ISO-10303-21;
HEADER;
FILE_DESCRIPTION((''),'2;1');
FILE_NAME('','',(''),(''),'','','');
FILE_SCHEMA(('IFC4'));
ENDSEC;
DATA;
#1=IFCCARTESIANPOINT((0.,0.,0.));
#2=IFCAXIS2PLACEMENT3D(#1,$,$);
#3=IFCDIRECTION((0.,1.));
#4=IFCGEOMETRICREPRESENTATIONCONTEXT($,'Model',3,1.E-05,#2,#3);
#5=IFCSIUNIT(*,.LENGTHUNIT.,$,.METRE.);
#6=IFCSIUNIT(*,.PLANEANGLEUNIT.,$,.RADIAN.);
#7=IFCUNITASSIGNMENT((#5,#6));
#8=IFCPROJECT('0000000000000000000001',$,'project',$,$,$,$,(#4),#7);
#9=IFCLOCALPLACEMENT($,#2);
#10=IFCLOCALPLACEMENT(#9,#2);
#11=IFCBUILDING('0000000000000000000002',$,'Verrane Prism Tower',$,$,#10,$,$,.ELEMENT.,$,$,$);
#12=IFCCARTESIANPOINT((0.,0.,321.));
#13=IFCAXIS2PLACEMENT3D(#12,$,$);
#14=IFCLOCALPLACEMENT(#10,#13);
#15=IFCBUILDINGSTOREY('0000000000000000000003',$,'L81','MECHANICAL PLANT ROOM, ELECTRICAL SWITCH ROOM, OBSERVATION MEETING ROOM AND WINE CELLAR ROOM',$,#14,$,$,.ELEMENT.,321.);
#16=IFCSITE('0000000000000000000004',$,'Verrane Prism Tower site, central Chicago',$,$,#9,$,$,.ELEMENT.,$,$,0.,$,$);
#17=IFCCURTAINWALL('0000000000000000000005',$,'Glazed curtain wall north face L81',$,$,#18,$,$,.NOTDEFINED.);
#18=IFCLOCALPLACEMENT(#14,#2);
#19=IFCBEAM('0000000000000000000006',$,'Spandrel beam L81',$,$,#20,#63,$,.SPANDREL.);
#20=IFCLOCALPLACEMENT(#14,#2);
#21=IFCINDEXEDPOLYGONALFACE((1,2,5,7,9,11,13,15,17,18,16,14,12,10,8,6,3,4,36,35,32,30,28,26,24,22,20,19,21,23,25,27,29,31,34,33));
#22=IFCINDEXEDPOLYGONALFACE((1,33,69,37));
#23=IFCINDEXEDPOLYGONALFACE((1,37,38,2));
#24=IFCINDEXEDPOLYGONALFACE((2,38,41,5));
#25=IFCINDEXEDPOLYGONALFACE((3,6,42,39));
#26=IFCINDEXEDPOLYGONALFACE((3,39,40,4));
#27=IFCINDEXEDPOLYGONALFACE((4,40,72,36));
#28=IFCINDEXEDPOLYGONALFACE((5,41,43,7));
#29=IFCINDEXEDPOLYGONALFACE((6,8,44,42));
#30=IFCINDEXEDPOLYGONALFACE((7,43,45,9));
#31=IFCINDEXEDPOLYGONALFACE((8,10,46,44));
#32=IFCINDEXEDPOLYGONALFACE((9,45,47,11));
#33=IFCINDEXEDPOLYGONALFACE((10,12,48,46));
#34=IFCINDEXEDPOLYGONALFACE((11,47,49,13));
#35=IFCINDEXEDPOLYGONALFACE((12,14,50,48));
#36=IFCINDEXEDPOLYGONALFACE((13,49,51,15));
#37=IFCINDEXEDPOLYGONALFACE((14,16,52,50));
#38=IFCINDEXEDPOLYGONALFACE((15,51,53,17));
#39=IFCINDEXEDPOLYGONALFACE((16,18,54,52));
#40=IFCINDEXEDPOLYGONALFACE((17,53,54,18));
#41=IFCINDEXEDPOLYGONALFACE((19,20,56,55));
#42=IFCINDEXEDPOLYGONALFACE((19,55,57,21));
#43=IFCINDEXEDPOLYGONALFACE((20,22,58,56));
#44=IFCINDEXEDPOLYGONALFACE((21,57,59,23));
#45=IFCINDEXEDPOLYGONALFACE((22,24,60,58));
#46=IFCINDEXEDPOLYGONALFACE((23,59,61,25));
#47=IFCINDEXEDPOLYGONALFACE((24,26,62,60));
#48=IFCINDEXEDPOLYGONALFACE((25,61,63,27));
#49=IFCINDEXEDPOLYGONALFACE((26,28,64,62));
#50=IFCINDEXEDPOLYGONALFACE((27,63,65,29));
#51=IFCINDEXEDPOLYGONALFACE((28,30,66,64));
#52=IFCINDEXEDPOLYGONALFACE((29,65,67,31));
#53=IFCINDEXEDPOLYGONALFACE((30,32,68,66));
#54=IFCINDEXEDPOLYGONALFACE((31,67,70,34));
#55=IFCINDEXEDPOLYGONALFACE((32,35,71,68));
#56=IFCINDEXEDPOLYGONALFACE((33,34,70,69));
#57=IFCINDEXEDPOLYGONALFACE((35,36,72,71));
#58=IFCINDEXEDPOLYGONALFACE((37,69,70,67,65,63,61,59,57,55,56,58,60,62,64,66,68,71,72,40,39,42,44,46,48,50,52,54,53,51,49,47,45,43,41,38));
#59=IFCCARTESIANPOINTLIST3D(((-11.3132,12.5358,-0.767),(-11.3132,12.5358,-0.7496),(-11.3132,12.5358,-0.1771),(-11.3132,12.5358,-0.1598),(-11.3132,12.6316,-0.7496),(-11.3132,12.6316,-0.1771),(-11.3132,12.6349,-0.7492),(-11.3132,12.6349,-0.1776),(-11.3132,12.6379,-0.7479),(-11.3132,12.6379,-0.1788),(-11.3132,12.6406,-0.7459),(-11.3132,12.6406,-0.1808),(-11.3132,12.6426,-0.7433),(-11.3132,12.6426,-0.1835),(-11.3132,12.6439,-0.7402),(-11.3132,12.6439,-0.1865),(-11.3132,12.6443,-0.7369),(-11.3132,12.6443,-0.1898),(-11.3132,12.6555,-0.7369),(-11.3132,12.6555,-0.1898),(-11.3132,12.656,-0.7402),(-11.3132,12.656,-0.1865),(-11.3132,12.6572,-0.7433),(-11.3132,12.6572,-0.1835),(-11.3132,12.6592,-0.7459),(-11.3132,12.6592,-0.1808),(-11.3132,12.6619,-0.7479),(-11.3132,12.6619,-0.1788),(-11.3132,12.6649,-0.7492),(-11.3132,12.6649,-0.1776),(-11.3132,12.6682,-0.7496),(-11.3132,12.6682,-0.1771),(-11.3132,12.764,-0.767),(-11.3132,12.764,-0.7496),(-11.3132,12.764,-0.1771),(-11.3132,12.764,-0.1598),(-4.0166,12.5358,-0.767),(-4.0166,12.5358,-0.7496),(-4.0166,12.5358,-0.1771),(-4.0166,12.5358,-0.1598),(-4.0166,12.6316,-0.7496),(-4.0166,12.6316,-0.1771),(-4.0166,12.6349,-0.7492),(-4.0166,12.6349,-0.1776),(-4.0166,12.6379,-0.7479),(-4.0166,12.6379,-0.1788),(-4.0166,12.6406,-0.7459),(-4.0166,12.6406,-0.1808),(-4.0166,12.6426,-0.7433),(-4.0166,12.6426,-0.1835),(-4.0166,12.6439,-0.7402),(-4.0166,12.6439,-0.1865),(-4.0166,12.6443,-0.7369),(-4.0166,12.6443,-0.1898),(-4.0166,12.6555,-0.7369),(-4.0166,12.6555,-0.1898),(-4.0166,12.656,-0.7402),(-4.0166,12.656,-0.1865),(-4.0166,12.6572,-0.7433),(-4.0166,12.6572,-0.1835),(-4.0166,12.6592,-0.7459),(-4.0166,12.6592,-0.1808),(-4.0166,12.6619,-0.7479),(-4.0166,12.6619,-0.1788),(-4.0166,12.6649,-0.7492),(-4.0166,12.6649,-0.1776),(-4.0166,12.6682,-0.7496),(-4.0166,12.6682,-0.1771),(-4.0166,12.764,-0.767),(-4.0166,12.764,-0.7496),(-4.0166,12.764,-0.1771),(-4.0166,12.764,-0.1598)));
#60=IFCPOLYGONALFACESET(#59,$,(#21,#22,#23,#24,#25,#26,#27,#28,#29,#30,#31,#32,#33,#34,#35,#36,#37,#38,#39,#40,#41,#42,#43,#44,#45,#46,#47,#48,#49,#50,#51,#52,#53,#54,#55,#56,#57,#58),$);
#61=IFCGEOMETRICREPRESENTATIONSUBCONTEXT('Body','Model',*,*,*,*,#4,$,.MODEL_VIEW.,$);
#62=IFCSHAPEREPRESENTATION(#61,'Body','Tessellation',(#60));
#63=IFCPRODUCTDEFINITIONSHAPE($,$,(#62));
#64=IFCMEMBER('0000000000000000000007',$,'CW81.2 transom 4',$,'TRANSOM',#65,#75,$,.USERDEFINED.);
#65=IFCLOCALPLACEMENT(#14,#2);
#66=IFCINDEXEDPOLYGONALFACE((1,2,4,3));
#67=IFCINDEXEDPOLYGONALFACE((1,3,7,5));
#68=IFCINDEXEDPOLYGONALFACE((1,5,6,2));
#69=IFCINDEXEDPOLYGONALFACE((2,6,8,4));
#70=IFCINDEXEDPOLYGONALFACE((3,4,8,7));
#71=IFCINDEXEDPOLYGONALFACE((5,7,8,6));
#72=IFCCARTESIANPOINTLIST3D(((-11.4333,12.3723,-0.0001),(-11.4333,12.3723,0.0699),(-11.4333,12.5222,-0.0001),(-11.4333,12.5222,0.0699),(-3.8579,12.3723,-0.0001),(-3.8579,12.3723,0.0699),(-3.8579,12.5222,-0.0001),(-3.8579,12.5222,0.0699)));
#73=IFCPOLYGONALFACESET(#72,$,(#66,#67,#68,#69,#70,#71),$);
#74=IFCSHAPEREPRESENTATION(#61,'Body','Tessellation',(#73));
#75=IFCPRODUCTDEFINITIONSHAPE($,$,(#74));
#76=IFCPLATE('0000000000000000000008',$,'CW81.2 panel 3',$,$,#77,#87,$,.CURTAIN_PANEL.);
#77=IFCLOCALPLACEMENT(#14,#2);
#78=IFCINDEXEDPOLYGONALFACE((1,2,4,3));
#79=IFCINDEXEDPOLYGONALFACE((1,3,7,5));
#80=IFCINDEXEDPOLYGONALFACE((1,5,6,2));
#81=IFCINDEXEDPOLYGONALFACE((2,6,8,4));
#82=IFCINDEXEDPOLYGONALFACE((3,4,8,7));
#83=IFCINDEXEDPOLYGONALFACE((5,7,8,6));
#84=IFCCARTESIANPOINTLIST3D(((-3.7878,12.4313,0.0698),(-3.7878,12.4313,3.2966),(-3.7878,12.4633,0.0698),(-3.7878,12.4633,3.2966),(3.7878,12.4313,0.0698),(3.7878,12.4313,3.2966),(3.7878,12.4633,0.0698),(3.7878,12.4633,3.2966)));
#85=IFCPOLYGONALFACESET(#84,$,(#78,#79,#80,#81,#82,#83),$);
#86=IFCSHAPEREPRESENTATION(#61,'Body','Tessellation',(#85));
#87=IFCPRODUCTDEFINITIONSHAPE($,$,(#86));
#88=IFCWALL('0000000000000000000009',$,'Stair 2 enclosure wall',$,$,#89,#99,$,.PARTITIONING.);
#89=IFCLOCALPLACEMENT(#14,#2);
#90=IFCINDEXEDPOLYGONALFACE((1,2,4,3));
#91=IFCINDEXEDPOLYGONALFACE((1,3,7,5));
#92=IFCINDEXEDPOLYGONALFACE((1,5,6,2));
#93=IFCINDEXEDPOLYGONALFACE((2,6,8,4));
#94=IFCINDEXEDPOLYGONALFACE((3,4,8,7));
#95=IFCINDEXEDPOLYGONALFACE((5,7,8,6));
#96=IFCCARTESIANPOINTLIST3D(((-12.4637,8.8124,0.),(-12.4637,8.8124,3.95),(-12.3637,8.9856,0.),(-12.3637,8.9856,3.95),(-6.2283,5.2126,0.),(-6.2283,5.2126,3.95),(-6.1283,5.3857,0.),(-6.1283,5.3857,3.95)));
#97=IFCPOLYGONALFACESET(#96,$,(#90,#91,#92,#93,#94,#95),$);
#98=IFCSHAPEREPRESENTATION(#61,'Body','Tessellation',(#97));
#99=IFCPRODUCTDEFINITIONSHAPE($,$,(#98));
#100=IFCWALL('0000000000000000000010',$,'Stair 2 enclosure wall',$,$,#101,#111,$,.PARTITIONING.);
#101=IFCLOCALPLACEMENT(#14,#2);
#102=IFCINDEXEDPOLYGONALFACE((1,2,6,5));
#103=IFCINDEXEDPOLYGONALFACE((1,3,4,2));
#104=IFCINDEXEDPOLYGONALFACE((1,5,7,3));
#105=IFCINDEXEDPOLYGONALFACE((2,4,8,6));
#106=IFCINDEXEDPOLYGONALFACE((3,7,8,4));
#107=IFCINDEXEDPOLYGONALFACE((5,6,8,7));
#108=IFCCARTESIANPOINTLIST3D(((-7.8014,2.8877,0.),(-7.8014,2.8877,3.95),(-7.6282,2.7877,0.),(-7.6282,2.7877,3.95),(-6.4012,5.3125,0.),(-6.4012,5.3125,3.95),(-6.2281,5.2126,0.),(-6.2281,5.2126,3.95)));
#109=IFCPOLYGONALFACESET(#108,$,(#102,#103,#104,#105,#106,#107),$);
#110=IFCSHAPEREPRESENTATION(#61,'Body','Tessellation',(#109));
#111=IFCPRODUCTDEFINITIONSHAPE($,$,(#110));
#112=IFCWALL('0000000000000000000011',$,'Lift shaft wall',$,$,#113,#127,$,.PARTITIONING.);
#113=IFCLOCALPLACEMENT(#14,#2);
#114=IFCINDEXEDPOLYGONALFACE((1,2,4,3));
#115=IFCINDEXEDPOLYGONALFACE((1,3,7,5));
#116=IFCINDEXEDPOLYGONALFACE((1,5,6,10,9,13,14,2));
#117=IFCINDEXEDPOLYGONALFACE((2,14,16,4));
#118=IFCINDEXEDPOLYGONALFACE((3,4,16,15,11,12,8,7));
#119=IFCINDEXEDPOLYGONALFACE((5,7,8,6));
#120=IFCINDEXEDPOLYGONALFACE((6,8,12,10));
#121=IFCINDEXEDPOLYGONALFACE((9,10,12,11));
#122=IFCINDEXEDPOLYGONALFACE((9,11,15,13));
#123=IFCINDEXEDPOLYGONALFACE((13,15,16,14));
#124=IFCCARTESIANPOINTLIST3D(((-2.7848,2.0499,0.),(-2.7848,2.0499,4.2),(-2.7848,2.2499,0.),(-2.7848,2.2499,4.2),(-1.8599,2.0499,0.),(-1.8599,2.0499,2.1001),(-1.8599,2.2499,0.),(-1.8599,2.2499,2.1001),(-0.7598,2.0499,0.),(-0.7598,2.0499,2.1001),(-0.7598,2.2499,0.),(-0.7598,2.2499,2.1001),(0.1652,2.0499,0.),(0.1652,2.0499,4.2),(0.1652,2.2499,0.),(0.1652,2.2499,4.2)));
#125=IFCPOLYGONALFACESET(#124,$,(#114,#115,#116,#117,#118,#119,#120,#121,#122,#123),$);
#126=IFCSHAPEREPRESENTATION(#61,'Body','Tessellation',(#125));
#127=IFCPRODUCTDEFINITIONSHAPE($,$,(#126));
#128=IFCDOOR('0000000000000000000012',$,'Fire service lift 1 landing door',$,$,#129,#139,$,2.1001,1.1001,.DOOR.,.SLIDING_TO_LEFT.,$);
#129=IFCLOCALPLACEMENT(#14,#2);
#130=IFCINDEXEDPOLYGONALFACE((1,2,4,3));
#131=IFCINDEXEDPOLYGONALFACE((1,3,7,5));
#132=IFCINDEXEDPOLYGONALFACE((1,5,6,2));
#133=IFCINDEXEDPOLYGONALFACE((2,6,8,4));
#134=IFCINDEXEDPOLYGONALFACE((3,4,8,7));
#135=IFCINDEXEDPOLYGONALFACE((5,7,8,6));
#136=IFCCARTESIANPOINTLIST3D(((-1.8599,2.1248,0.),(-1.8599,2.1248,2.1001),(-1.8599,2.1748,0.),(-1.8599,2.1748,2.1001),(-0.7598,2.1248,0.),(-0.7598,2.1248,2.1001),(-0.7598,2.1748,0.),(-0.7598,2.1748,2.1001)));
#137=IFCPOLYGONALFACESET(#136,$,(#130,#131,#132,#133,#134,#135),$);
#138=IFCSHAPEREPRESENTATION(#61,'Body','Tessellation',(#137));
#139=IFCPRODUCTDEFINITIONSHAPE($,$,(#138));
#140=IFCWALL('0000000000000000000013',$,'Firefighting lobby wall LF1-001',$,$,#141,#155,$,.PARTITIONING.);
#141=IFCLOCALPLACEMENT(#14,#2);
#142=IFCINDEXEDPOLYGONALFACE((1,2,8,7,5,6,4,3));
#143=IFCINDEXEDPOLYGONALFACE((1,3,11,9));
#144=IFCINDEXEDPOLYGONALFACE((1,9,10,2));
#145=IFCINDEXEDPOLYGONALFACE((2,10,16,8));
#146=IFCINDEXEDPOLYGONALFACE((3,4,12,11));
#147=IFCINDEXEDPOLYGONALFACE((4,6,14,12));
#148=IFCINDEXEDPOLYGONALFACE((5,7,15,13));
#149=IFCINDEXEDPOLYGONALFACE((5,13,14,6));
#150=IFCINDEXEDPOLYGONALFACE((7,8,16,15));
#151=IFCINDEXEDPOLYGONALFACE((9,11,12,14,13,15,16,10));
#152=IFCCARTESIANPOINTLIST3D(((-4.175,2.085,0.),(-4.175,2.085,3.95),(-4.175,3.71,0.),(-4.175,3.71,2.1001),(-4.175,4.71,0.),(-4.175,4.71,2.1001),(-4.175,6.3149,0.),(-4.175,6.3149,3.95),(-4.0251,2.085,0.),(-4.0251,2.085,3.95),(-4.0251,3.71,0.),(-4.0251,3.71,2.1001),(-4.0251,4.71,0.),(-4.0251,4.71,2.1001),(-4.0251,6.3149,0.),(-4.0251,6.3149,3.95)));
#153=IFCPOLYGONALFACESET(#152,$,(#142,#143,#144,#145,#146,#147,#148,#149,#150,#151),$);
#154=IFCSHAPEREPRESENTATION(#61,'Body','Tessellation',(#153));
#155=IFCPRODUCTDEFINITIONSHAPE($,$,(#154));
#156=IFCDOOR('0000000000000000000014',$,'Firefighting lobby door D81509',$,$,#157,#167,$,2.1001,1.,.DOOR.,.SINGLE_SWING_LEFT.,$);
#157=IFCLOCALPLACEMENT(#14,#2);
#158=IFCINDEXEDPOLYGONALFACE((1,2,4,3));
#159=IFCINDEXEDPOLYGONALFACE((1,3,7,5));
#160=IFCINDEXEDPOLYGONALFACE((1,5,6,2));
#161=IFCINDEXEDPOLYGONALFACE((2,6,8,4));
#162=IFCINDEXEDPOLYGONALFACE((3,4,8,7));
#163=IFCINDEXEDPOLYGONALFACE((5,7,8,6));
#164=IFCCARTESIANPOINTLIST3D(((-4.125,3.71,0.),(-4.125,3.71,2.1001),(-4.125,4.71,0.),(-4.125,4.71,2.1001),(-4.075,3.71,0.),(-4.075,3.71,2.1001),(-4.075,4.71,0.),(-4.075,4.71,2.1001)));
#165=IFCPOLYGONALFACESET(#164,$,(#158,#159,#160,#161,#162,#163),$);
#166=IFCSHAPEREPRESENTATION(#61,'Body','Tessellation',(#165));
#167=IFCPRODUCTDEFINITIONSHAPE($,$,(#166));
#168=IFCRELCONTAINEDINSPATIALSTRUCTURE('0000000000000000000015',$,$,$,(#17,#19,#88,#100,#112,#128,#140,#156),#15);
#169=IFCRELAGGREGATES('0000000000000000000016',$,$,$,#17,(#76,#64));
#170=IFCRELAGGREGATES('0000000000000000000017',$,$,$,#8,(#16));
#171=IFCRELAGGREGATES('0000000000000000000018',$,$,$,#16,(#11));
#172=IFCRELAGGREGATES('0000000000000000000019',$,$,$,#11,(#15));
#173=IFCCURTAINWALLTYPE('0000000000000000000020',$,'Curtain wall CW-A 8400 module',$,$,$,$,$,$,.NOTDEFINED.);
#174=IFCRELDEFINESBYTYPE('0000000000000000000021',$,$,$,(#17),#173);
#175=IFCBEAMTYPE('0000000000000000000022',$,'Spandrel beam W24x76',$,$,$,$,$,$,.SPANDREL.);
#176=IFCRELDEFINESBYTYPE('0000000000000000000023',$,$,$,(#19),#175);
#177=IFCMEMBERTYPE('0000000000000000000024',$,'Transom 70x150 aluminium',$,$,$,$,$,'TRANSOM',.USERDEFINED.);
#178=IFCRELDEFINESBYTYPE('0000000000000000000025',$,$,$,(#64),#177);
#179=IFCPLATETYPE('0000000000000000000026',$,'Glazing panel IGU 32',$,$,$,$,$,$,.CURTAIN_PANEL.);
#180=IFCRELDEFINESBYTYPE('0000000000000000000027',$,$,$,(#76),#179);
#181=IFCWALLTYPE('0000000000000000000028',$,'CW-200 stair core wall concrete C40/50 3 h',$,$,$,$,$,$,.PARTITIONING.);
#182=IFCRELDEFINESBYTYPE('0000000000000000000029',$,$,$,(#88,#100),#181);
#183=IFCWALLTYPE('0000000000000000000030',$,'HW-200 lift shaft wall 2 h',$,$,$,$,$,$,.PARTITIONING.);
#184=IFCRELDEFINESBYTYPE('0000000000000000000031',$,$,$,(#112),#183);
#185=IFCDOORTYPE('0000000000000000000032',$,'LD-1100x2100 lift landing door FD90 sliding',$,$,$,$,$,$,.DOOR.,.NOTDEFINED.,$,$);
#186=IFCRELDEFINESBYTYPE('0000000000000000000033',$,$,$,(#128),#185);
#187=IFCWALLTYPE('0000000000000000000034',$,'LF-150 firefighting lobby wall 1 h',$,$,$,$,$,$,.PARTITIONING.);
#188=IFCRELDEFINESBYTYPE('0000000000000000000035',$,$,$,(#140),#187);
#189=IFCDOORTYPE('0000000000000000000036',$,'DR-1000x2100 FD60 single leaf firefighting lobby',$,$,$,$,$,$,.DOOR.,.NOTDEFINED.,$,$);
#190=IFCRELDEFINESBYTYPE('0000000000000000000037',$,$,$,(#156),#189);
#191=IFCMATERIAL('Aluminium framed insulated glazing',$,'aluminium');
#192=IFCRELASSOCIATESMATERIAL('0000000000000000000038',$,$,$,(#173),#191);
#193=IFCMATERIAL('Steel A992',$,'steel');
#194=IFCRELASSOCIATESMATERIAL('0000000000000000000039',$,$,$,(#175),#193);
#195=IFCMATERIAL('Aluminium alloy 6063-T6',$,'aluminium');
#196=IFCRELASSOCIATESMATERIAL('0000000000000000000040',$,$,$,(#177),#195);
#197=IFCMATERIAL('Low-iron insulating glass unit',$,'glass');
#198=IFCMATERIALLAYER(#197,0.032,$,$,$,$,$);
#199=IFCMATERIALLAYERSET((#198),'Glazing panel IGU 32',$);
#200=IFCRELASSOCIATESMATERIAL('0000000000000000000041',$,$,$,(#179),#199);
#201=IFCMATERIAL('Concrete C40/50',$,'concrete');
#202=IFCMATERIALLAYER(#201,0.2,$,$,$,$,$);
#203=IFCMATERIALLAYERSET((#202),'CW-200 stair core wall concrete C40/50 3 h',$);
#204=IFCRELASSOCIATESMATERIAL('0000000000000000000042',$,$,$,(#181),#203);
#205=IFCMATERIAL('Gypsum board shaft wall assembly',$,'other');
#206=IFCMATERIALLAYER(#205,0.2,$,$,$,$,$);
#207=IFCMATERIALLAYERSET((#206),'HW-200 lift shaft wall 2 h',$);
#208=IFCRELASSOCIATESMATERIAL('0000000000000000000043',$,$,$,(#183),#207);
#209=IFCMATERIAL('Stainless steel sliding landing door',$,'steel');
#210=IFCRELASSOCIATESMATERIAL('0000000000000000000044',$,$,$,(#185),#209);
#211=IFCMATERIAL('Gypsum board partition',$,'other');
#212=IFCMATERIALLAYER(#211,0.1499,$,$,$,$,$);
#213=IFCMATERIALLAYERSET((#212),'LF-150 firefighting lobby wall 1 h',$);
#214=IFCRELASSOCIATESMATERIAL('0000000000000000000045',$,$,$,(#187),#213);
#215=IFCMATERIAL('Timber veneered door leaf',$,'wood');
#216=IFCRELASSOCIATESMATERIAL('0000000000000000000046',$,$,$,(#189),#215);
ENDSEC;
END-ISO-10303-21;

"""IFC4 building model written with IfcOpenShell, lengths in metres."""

from ifc_helpers import new_model, si_unit, direction, frame, frame_2d, origin, origin_2d, place, context, subcontext, project, spatial, rectangle, i_section, extrude, material, layer, layer_set, material_profile, profile_set, type_object, element, fill, aggregate, save


model = new_model("IFC4")

# Units and contexts
model_context = context("Model", 3, precision=1e-05, world=origin(), true_north=direction((0.0, 1.0)))
body_context = subcontext(model_context, "Body", "Model", "MODEL_VIEW")
ifc_project = project(units=[si_unit("LENGTHUNIT", "METRE"), si_unit("PLANEANGLEUNIT", "RADIAN")], contexts=[model_context])

# Site, building, storey
site_placement = place(None, origin())
site = spatial("IfcSite", under=ifc_project, at=site_placement, Name="Verrane Prism Tower site, central Chicago", CompositionType="ELEMENT", RefElevation=0.0)
building_placement = place(site_placement, origin())
building = spatial("IfcBuilding", under=site, at=building_placement, Name="Verrane Prism Tower", CompositionType="ELEMENT")
storey_placement = place(building_placement, frame((0.0, 0.0, 321.0)))
storey = spatial("IfcBuildingStorey", under=building, at=storey_placement, Name="L81", Description="MECHANICAL PLANT ROOM, ELECTRICAL SWITCH ROOM, OBSERVATION MEETING ROOM AND WINE CELLAR ROOM", CompositionType="ELEMENT", Elevation=321.0)

# Curtain wall
ifc_material_1 = material(Name="Aluminium framed insulated glazing", Category="aluminium")
curtain_wall_type = type_object("IfcCurtainWallType", Name="Curtain wall CW-A 8400 module", PredefinedType="NOTDEFINED", material=ifc_material_1)
curtain_wall_placement = place(storey_placement, origin())
curtain_wall = element("IfcCurtainWall", 1, at=curtain_wall_placement, inside=storey, type_object=curtain_wall_type, Name="Glazed curtain wall north face L81", PredefinedType="NOTDEFINED")

# Beam
ifc_material_2 = material(Name="Steel A992", Category="steel")
ifc_material_profile_1 = material_profile(ifc_material_2, i_section(OverallWidth=0.2283, OverallDepth=0.6072, WebThickness=0.0112, FlangeThickness=0.0173, FilletRadius=0.0127, at=origin_2d()), Name="W24x76")
ifc_profile_set_1 = profile_set([ifc_material_profile_1], Name="Steel A992")
beam_type_1 = type_object("IfcBeamType", Name="Spandrel beam W24x76", PredefinedType="SPANDREL", material=ifc_profile_set_1)
beam_1_placement = place(storey_placement, frame((-4.0166, 12.6499, -0.4634), z_axis=(-1.0, 0.0, 0.0), x_axis=(0.0, -1.0, 0.0)))
element("IfcBeam", 2, at=beam_1_placement, inside=storey, type_object=beam_type_1, Name="Spandrel beam L81", PredefinedType="SPANDREL", context=body_context, shape_type="SweptSolid", body=[
    extrude(i_section(OverallWidth=0.2283, OverallDepth=0.6072, WebThickness=0.0112, FlangeThickness=0.0173, FilletRadius=0.0127, at=origin_2d()), origin(), (0.0, 0.0, 1.0), 7.2966),
])

# Member
ifc_material_3 = material(Name="Aluminium alloy 6063-T6", Category="aluminium")
ifc_material_profile_2 = material_profile(ifc_material_3, rectangle(XDim=0.1499, YDim=0.0701, at=origin_2d()), Name="Transom 70x150 aluminium")
ifc_profile_set_2 = profile_set([ifc_material_profile_2], Name="Aluminium alloy 6063-T6")
member_type_1 = type_object("IfcMemberType", Name="Transom 70x150 aluminium", ElementType="TRANSOM", PredefinedType="USERDEFINED", material=ifc_profile_set_2)
member_1_placement = place(storey_placement, frame((-3.8579, 12.4473, 0.0349), z_axis=(-1.0, 0.0, 0.0), x_axis=(0.0, -1.0, 0.0)))
member_1 = element("IfcMember", 3, at=member_1_placement, type_object=member_type_1, Name="CW81.2 transom 4", ObjectType="TRANSOM", PredefinedType="USERDEFINED", context=body_context, shape_type="SweptSolid", body=[
    extrude(rectangle(XDim=0.1499, YDim=0.0701, at=origin_2d()), origin(), (0.0, 0.0, 1.0), 7.5754),
])

# Plate
ifc_material_4 = material(Name="Low-iron insulating glass unit", Category="glass")
ifc_layer_1 = layer(ifc_material_4, 0.032)
ifc_layer_set_1 = layer_set([ifc_layer_1], Name="Glazing panel IGU 32")
plate_type = type_object("IfcPlateType", Name="Glazing panel IGU 32", PredefinedType="CURTAIN_PANEL", material=ifc_layer_set_1)
plate_placement = place(storey_placement, frame((0.0, 12.4473, 0.0698), z_axis=(0.0, 0.0, 1.0), x_axis=(-1.0, 0.0, 0.0)))
plate = element("IfcPlate", 4, at=plate_placement, type_object=plate_type, Name="CW81.2 panel 3", PredefinedType="CURTAIN_PANEL", context=body_context, shape_type="SweptSolid", body=[
    extrude(rectangle(XDim=7.5757, YDim=0.032, at=origin_2d()), origin(), (0.0, 0.0, 1.0), 3.2268),
])
aggregate(curtain_wall, [plate, member_1])

# Walls
ifc_material_5 = material(Name="Concrete C40/50", Category="concrete")
ifc_layer_2 = layer(ifc_material_5, 0.2)
ifc_layer_set_2 = layer_set([ifc_layer_2], Name="CW-200 stair core wall concrete C40/50 3 h")
wall_type_1 = type_object("IfcWallType", Name="CW-200 stair core wall concrete C40/50 3 h", PredefinedType="PARTITIONING", material=ifc_layer_set_2)
wall_1_placement = place(storey_placement, frame((-6.1782, 5.2991, 0.0), z_axis=(0.0, 0.0, 1.0), x_axis=(-0.866033, 0.499987, 0.0)))
element("IfcWall", 5, at=wall_1_placement, inside=storey, type_object=wall_type_1, Name="Stair 2 enclosure wall", PredefinedType="PARTITIONING", context=body_context, shape_type="SweptSolid", body=[
    extrude(rectangle(XDim=7.2, YDim=0.2, at=frame_2d((3.6001, 0.0))), origin(), (0.0, 0.0, 1.0), 3.95),
])
wall_2_placement = place(storey_placement, frame((-6.3147, 5.2625, 0.0), z_axis=(0.0, 0.0, 1.0), x_axis=(-0.50005, -0.865997, 0.0)))
element("IfcWall", 6, at=wall_2_placement, inside=storey, type_object=wall_type_1, Name="Stair 2 enclosure wall", PredefinedType="PARTITIONING", context=body_context, shape_type="SweptSolid", body=[
    extrude(rectangle(XDim=2.8, YDim=0.2, at=frame_2d((1.3999, 0.0))), origin(), (0.0, 0.0, 1.0), 3.95),
])

# Walls, openings, doors
ifc_material_6 = material(Name="Gypsum board shaft wall assembly", Category="other")
ifc_layer_3 = layer(ifc_material_6, 0.2)
ifc_layer_set_3 = layer_set([ifc_layer_3], Name="HW-200 lift shaft wall 2 h")
wall_type_2 = type_object("IfcWallType", Name="HW-200 lift shaft wall 2 h", PredefinedType="PARTITIONING", material=ifc_layer_set_3)
wall_3_placement = place(storey_placement, frame((-2.7849, 2.1499, 0.0), z_axis=(0.0, 0.0, 1.0), x_axis=(1.0, 0.0, 0.0)))
wall_3 = element("IfcWall", 7, at=wall_3_placement, inside=storey, type_object=wall_type_2, Name="Lift shaft wall", PredefinedType="PARTITIONING", context=body_context, shape_type="SweptSolid", body=[
    extrude(rectangle(XDim=2.95, YDim=0.2, at=frame_2d((1.4751, 0.0))), origin(), (0.0, 0.0, 1.0), 4.2),
])
opening_1_placement = place(wall_3_placement, frame((0.925, 0.0, 0.0)))
opening_1 = element("IfcOpeningElement", 8, at=opening_1_placement, cuts=wall_3, PredefinedType="OPENING", context=body_context, shape_type="SweptSolid", body=[
    extrude(rectangle(XDim=1.1001, YDim=2.1001, at=frame_2d((0.55, 1.05))), frame((0.0, 0.1099, 0.0), z_axis=(0.0, -1.0, 0.0), x_axis=(1.0, 0.0, 0.0)), (0.0, 0.0, 1.0), 0.22),
])
ifc_material_7 = material(Name="Stainless steel sliding landing door", Category="steel")
door_type_1 = type_object("IfcDoorType", Name="LD-1100x2100 lift landing door FD90 sliding", OperationType="NOTDEFINED", PredefinedType="DOOR", material=ifc_material_7)
door_1_placement = place(opening_1_placement, origin())
door_1 = element("IfcDoor", 9, at=door_1_placement, inside=storey, type_object=door_type_1, Name="Fire service lift 1 landing door", OperationType="SLIDING_TO_LEFT", OverallHeight=2.1001, OverallWidth=1.1001, PredefinedType="DOOR", context=body_context, shape_type="SweptSolid", body=[
    extrude(rectangle(XDim=1.1001, YDim=2.1001, at=frame_2d((0.55, 1.05))), frame((0.0, 0.0249, 0.0), z_axis=(0.0, -1.0, 0.0), x_axis=(1.0, 0.0, 0.0)), (0.0, 0.0, 1.0), 0.05),
])
fill(opening_1, door_1)
ifc_material_8 = material(Name="Gypsum board partition", Category="other")
ifc_layer_4 = layer(ifc_material_8, 0.1499)
ifc_layer_set_4 = layer_set([ifc_layer_4], Name="LF-150 firefighting lobby wall 1 h")
wall_type_3 = type_object("IfcWallType", Name="LF-150 firefighting lobby wall 1 h", PredefinedType="PARTITIONING", material=ifc_layer_set_4)
wall_4_placement = place(storey_placement, frame((-4.1001, 2.085, 0.0), z_axis=(0.0, 0.0, 1.0), x_axis=(0.0, 1.0, 0.0)))
wall_4 = element("IfcWall", 10, at=wall_4_placement, inside=storey, type_object=wall_type_3, Name="Firefighting lobby wall LF1-001", PredefinedType="PARTITIONING", context=body_context, shape_type="SweptSolid", body=[
    extrude(rectangle(XDim=4.23, YDim=0.1499, at=frame_2d((2.115, 0.0))), origin(), (0.0, 0.0, 1.0), 3.95),
])
opening_2_placement = place(wall_4_placement, frame((1.625, 0.0, 0.0)))
opening_2 = element("IfcOpeningElement", 11, at=opening_2_placement, cuts=wall_4, PredefinedType="OPENING", context=body_context, shape_type="SweptSolid", body=[
    extrude(rectangle(XDim=1.0, YDim=2.1001, at=frame_2d((0.5, 1.05))), frame((0.0, 0.085, 0.0), z_axis=(0.0, -1.0, 0.0), x_axis=(1.0, 0.0, 0.0)), (0.0, 0.0, 1.0), 0.1699),
])
ifc_material_9 = material(Name="Timber veneered door leaf", Category="wood")
door_type_2 = type_object("IfcDoorType", Name="DR-1000x2100 FD60 single leaf firefighting lobby", OperationType="NOTDEFINED", PredefinedType="DOOR", material=ifc_material_9)
door_2_placement = place(opening_2_placement, origin())
door_2 = element("IfcDoor", 12, at=door_2_placement, inside=storey, type_object=door_type_2, Name="Firefighting lobby door D81509", OperationType="SINGLE_SWING_LEFT", OverallHeight=2.1001, OverallWidth=1.0, PredefinedType="DOOR", context=body_context, shape_type="SweptSolid", body=[
    extrude(rectangle(XDim=1.0, YDim=2.1001, at=frame_2d((0.5, 1.05))), frame((0.0, 0.0249, 0.0), z_axis=(0.0, -1.0, 0.0), x_axis=(1.0, 0.0, 0.0)), (0.0, 0.0, 1.0), 0.05),
])
fill(opening_2, door_2)

save(model, "model.ifc")
